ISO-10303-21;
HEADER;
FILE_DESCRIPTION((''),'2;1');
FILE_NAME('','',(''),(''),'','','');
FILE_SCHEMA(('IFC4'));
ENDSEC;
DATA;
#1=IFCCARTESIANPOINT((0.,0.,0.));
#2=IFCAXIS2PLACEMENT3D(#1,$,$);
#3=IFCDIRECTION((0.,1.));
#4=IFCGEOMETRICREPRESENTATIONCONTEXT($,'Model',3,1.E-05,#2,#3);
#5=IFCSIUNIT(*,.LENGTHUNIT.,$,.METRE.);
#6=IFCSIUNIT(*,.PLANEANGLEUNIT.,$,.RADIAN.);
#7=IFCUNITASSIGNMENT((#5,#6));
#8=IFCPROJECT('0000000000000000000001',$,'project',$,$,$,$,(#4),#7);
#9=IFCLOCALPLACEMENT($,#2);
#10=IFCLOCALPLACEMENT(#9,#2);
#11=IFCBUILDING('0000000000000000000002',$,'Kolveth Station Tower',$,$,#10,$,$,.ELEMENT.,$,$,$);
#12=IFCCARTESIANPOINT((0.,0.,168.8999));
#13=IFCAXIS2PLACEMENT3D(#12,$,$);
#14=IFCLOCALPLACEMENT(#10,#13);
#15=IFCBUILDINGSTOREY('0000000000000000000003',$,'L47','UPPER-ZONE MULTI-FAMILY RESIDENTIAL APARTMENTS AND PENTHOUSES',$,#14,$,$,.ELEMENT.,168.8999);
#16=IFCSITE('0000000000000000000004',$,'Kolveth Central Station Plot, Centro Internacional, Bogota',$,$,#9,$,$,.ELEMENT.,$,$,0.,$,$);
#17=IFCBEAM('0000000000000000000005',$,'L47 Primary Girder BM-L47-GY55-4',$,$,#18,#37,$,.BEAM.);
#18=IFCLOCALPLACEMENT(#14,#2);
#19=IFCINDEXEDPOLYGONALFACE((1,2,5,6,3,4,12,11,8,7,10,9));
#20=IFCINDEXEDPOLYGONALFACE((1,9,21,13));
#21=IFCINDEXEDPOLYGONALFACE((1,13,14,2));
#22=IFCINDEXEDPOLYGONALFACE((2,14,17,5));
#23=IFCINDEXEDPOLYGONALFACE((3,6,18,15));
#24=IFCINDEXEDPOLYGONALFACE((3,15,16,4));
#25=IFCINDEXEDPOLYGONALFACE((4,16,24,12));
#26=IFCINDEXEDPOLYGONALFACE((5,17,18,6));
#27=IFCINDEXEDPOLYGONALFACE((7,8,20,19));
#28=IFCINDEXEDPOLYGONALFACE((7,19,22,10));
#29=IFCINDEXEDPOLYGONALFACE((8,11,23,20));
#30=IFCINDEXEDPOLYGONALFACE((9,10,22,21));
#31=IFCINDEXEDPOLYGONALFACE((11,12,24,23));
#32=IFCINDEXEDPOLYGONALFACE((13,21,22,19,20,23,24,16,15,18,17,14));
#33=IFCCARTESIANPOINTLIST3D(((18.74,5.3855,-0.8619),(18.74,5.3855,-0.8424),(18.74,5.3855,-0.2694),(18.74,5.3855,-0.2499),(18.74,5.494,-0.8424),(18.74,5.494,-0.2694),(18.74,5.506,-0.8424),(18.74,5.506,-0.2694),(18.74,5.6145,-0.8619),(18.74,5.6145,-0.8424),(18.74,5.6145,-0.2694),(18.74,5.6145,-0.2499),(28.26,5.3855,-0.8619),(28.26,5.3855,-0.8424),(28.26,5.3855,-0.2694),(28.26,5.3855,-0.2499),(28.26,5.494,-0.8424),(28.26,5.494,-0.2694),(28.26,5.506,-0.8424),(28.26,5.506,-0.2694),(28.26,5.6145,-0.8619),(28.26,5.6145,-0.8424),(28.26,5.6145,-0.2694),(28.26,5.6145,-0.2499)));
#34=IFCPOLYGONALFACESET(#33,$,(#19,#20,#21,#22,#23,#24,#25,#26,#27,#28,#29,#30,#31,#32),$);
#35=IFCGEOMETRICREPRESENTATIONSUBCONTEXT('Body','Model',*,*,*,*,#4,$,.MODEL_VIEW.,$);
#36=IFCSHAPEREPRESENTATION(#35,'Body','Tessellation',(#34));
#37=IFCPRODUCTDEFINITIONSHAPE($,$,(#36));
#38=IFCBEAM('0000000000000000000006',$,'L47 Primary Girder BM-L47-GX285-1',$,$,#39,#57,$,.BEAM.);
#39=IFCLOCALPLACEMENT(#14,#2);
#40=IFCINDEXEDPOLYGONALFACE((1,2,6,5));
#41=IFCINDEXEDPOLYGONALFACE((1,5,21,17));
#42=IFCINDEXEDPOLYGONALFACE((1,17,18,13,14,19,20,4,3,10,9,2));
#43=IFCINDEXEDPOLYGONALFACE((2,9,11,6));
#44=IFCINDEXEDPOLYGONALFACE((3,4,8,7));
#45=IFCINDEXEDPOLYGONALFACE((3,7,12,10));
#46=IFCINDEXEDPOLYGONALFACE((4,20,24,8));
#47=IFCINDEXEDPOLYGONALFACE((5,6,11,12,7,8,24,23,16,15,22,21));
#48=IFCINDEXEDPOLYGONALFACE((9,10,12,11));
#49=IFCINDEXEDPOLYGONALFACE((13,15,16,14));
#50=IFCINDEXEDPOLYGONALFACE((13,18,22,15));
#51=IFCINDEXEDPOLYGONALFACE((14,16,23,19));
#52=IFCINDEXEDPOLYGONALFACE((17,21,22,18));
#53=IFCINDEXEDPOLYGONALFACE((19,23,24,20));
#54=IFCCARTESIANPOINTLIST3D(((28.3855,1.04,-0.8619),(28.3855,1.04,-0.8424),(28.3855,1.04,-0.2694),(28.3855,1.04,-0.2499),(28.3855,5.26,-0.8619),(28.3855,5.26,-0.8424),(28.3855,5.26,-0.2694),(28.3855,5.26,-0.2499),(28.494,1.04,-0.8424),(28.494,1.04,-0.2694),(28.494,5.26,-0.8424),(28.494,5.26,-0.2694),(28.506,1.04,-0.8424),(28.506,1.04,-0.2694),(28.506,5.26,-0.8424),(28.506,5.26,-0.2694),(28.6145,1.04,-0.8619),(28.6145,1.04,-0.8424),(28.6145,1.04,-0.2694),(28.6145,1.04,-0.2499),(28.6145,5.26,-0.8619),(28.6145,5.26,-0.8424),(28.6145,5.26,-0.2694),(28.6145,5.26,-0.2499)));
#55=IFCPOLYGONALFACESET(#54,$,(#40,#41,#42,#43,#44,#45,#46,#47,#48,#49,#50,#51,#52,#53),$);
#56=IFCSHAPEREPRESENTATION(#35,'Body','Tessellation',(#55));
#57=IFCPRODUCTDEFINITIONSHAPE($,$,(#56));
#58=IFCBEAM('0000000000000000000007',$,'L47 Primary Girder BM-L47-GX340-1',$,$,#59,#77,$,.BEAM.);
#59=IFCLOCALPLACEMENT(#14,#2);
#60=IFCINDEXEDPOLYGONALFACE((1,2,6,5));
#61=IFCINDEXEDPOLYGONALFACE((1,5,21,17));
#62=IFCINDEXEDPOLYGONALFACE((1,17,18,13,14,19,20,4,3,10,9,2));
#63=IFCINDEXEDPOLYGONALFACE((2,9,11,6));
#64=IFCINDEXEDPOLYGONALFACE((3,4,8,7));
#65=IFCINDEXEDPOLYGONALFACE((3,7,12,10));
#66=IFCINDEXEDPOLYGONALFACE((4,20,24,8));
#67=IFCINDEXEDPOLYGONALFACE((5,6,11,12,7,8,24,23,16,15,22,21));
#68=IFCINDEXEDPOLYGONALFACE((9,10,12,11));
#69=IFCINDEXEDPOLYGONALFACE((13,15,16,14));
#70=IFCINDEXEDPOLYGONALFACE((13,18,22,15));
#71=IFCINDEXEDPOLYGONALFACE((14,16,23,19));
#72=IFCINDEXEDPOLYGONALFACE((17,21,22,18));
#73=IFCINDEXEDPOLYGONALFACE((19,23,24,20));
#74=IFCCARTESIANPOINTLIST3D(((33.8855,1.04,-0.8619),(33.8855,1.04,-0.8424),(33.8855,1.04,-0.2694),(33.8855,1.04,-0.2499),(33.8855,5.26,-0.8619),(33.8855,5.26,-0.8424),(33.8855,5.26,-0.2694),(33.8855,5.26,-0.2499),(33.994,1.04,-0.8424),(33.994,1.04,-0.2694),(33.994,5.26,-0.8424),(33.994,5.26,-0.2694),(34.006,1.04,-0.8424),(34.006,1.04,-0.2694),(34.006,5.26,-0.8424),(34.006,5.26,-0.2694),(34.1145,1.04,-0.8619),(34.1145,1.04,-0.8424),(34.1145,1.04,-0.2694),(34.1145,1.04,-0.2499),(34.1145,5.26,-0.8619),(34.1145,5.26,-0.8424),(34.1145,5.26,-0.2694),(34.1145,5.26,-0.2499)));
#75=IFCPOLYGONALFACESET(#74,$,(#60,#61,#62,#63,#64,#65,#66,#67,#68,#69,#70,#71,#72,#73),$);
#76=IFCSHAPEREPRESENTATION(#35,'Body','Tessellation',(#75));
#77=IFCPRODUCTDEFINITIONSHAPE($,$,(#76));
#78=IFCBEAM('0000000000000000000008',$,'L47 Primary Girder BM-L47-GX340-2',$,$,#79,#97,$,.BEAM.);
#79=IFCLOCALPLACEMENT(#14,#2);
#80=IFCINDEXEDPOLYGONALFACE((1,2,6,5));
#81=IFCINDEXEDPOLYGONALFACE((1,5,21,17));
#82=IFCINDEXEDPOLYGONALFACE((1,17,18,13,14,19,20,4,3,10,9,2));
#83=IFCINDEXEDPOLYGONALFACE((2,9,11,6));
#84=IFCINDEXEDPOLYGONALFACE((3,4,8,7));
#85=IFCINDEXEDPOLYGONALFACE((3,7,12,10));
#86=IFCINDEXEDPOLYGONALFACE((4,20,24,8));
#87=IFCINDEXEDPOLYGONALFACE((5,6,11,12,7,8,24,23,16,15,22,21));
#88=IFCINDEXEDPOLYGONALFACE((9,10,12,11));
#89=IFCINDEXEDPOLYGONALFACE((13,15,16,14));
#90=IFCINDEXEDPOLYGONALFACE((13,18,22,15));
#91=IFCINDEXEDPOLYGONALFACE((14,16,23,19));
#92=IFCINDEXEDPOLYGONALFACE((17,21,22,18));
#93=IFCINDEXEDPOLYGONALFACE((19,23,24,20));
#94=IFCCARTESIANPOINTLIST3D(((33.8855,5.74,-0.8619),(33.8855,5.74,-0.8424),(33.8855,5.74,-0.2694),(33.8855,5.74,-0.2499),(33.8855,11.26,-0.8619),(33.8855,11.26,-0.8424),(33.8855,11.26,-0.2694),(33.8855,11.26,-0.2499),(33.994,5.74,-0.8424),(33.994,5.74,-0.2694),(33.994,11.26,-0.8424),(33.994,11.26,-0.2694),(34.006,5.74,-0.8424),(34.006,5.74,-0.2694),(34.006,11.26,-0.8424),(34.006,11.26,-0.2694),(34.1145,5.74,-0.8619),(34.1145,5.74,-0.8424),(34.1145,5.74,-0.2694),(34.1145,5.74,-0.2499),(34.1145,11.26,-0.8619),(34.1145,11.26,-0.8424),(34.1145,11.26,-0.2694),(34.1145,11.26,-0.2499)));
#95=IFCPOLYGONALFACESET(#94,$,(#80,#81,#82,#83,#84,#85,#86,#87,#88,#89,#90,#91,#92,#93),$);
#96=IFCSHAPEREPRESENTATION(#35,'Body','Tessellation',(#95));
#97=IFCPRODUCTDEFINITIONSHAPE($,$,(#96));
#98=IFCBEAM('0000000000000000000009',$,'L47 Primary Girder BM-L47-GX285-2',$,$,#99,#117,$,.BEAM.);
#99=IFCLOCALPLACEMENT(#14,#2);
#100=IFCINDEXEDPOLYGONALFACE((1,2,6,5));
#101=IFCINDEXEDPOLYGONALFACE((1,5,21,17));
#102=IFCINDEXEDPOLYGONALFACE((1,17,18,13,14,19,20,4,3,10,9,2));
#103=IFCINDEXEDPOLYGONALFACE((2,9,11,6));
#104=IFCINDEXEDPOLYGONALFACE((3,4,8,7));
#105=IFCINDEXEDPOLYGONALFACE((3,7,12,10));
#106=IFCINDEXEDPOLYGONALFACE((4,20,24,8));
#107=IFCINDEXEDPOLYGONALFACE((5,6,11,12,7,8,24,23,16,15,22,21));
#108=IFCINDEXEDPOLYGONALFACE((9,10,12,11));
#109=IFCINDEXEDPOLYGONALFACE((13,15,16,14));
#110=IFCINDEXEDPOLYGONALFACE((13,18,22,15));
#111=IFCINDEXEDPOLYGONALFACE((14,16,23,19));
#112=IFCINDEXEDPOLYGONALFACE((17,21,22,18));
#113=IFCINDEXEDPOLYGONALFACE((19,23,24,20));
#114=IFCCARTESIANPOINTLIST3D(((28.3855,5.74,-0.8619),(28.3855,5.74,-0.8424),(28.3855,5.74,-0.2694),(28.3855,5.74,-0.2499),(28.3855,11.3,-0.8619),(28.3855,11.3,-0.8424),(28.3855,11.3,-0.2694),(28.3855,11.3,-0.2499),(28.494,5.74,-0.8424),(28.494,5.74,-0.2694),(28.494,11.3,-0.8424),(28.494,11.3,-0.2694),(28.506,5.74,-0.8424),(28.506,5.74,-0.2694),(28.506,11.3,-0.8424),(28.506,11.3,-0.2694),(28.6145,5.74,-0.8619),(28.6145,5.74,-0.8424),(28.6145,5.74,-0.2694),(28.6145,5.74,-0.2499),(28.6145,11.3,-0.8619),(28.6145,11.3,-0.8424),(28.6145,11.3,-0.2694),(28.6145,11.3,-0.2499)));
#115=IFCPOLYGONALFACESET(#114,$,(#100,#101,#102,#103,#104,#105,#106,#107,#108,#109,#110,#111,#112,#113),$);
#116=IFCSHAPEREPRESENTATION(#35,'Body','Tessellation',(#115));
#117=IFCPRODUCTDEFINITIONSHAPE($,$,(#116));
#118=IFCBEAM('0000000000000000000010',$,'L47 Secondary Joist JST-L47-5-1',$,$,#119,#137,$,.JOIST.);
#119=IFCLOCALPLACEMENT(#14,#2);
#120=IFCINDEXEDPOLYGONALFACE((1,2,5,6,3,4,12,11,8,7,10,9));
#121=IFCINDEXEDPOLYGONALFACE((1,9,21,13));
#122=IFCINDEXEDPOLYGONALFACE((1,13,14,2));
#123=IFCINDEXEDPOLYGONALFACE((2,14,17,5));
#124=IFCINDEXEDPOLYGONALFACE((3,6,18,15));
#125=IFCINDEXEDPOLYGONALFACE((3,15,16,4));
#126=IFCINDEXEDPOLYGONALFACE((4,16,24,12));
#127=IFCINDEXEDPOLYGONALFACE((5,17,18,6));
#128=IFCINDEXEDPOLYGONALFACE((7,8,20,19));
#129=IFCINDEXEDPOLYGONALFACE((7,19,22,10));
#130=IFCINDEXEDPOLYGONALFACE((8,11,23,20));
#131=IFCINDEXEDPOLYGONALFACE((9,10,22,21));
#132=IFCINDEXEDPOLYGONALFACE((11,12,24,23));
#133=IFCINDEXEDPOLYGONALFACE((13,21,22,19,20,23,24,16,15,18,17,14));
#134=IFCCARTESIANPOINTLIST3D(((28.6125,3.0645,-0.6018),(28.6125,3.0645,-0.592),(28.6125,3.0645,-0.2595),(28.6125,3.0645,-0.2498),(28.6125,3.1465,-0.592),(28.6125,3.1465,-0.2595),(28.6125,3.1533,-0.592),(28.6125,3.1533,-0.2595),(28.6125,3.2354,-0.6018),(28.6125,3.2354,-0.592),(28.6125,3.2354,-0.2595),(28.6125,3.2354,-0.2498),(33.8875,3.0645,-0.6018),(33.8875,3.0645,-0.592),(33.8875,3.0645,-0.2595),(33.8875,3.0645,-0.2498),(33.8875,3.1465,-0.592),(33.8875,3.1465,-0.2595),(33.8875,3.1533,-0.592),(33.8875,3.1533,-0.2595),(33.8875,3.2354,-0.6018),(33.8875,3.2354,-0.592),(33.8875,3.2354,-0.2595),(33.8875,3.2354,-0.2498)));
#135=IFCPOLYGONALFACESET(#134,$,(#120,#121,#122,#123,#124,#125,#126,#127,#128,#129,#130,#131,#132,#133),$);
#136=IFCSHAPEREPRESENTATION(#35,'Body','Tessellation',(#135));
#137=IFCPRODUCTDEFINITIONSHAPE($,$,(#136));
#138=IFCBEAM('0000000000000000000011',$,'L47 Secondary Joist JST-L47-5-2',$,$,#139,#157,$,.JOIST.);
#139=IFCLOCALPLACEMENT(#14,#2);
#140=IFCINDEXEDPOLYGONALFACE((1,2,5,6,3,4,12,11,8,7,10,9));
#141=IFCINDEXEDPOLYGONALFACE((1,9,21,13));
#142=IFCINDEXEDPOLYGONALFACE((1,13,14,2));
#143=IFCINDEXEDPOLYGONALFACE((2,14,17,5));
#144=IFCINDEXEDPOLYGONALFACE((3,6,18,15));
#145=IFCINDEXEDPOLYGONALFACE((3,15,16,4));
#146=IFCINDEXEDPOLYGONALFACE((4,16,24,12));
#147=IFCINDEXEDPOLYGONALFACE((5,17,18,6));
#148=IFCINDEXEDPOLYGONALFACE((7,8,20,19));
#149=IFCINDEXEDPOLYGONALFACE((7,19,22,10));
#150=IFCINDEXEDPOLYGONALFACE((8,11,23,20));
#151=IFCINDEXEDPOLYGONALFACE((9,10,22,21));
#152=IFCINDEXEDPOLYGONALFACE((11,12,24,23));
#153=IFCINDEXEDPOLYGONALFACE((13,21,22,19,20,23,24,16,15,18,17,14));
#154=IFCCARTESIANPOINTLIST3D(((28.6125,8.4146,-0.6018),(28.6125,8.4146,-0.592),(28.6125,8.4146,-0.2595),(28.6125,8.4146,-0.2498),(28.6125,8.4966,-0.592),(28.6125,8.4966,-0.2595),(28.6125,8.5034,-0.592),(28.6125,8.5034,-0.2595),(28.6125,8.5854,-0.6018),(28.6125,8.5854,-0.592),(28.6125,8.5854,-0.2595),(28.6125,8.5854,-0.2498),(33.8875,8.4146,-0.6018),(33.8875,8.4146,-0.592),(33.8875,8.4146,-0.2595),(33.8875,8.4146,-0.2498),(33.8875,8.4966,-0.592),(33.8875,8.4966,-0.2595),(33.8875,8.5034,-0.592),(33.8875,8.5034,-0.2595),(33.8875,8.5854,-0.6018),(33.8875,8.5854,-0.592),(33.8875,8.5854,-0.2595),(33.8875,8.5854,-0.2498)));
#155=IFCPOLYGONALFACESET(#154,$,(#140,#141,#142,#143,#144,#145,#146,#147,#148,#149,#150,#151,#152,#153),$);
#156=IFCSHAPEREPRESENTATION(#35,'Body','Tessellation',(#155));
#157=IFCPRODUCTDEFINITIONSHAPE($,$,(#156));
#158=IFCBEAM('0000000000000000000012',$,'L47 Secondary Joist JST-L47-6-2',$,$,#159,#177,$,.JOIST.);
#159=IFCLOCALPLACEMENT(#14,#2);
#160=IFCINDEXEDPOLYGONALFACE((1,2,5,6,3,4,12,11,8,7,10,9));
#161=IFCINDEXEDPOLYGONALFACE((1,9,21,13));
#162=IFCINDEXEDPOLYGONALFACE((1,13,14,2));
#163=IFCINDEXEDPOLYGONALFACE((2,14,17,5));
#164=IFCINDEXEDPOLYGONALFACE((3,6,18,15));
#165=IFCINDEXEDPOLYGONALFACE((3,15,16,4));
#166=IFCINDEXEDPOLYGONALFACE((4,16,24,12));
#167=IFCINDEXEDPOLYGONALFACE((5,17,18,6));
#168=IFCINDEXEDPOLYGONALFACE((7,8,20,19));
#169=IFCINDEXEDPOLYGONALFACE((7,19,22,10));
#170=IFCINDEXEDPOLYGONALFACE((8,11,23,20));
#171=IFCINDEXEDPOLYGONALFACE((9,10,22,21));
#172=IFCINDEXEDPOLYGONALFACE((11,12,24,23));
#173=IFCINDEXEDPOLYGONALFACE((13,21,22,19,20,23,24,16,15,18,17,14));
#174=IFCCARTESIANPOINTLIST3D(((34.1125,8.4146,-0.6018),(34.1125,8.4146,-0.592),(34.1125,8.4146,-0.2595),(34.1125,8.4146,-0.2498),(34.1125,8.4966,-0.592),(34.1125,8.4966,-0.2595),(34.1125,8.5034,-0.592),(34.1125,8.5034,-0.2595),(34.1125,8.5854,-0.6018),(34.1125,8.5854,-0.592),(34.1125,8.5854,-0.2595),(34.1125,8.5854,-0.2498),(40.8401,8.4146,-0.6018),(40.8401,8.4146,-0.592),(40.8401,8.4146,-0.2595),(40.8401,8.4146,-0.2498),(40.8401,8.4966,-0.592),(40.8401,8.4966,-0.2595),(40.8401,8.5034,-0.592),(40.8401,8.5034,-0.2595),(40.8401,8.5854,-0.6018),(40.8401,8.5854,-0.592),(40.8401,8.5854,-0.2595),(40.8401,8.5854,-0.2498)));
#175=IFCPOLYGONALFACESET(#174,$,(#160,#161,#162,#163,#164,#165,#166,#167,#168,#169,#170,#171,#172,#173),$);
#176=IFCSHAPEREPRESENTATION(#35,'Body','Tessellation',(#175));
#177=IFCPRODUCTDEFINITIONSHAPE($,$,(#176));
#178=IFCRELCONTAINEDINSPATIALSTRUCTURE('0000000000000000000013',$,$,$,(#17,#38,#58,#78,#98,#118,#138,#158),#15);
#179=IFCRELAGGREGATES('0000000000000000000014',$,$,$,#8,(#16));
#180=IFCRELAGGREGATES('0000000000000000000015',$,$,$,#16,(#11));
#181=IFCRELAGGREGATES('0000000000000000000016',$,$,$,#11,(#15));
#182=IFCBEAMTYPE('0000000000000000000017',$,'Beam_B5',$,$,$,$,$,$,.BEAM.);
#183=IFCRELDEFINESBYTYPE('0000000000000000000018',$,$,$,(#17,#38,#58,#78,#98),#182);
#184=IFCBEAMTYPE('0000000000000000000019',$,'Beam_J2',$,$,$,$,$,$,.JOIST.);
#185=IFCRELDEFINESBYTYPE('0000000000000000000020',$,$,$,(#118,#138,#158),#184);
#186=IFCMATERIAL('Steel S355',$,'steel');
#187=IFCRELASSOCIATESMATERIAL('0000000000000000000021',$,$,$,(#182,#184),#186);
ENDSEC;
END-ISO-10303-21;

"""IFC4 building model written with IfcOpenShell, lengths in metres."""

from ifc_helpers import new_model, si_unit, direction, frame, origin, origin_2d, place, context, subcontext, project, spatial, i_section, extrude, source, transform, mapped, material, material_profile, profile_set, type_object, element, save


model = new_model("IFC4")

# Units and contexts
model_context = context("Model", 3, precision=1e-05, world=origin(), true_north=direction((0.0, 1.0)))
body_context = subcontext(model_context, "Body", "Model", "MODEL_VIEW")
ifc_project = project(units=[si_unit("LENGTHUNIT", "METRE"), si_unit("PLANEANGLEUNIT", "RADIAN")], contexts=[model_context])

# Site, building, storey
site_placement = place(None, origin())
site = spatial("IfcSite", under=ifc_project, at=site_placement, Name="Kolveth Central Station Plot, Centro Internacional, Bogota", CompositionType="ELEMENT", RefElevation=0.0)
building_placement = place(site_placement, origin())
building = spatial("IfcBuilding", under=site, at=building_placement, Name="Kolveth Station Tower", CompositionType="ELEMENT")
storey_placement = place(building_placement, frame((0.0, 0.0, 168.8999)))
storey = spatial("IfcBuildingStorey", under=building, at=storey_placement, Name="L47", Description="UPPER-ZONE MULTI-FAMILY RESIDENTIAL APARTMENTS AND PENTHOUSES", CompositionType="ELEMENT", Elevation=168.8999)

# Shared definitions
ifc_material_1 = material(Name="Steel S355", Category="steel")

# Beams
ifc_material_profile_1 = material_profile(ifc_material_1, i_section(OverallWidth=0.229, OverallDepth=0.6121, WebThickness=0.012, FlangeThickness=0.0195, at=origin_2d()), Name="W610x125")
ifc_profile_set_1 = profile_set([ifc_material_profile_1], Name="Steel S355")
beam_type_1 = type_object("IfcBeamType", Name="Beam_B5", PredefinedType="BEAM", material=ifc_profile_set_1)
shared_shape_1 = source(origin(), body_context, "Body", "SweptSolid", [
    extrude(i_section(OverallWidth=0.229, OverallDepth=0.6121, WebThickness=0.012, FlangeThickness=0.0195, at=origin_2d()), origin(), (0.0, 0.0, 1.0), 9.52),
])
beam_1_placement = place(storey_placement, frame((18.74, 5.5, -0.5559), z_axis=(1.0, 0.0, 0.0), x_axis=(0.0, 1.0, 0.0)))
element("IfcBeam", 1, at=beam_1_placement, inside=storey, type_object=beam_type_1, Name="L47 Primary Girder BM-L47-GY55-4", PredefinedType="BEAM", context=body_context, shape_type="MappedRepresentation", body=[
    mapped(shared_shape_1, transform((0.0, 0.0, 0.0), x_axis=(1.0, 0.0, 0.0), y_axis=(0.0, 1.0, 0.0), z_axis=(0.0, 0.0, 1.0), scale=1.0)),
])
shared_shape_2 = source(origin(), body_context, "Body", "SweptSolid", [
    extrude(i_section(OverallWidth=0.229, OverallDepth=0.6121, WebThickness=0.012, FlangeThickness=0.0195, at=origin_2d()), origin(), (0.0, 0.0, 1.0), 4.22),
])
for number, where, z_axis, x_axis, name in (
    (2, (28.5, 1.04, -0.5559), (0.0, 1.0, 0.0), (-1.0, 0.0, 0.0), "L47 Primary Girder BM-L47-GX285-1"),
    (3, (34.0, 1.04, -0.5559), (0.0, 1.0, 0.0), (-1.0, 0.0, 0.0), "L47 Primary Girder BM-L47-GX340-1"),
):
    element("IfcBeam", number, at=place(storey_placement, frame(where, z_axis=z_axis, x_axis=x_axis)), inside=storey, type_object=beam_type_1, Name=name, PredefinedType="BEAM", context=body_context, shape_type="MappedRepresentation", body=[
        mapped(shared_shape_2, transform((0.0, 0.0, 0.0), x_axis=(1.0, 0.0, 0.0), y_axis=(0.0, 1.0, 0.0), z_axis=(0.0, 0.0, 1.0), scale=1.0)),
    ])
shared_shape_3 = source(origin(), body_context, "Body", "SweptSolid", [
    extrude(i_section(OverallWidth=0.229, OverallDepth=0.6121, WebThickness=0.012, FlangeThickness=0.0195, at=origin_2d()), origin(), (0.0, 0.0, 1.0), 5.52),
])
beam_2_placement = place(storey_placement, frame((34.0, 5.74, -0.5559), z_axis=(0.0, 1.0, 0.0), x_axis=(-1.0, 0.0, 0.0)))
element("IfcBeam", 4, at=beam_2_placement, inside=storey, type_object=beam_type_1, Name="L47 Primary Girder BM-L47-GX340-2", PredefinedType="BEAM", context=body_context, shape_type="MappedRepresentation", body=[
    mapped(shared_shape_3, transform((0.0, 0.0, 0.0), x_axis=(1.0, 0.0, 0.0), y_axis=(0.0, 1.0, 0.0), z_axis=(0.0, 0.0, 1.0), scale=1.0)),
])
shared_shape_4 = source(origin(), body_context, "Body", "SweptSolid", [
    extrude(i_section(OverallWidth=0.229, OverallDepth=0.6121, WebThickness=0.012, FlangeThickness=0.0195, at=origin_2d()), origin(), (0.0, 0.0, 1.0), 5.5601),
])
beam_3_placement = place(storey_placement, frame((28.5, 5.74, -0.5559), z_axis=(0.0, 1.0, 0.0), x_axis=(-1.0, 0.0, 0.0)))
element("IfcBeam", 5, at=beam_3_placement, inside=storey, type_object=beam_type_1, Name="L47 Primary Girder BM-L47-GX285-2", PredefinedType="BEAM", context=body_context, shape_type="MappedRepresentation", body=[
    mapped(shared_shape_4, transform((0.0, 0.0, 0.0), x_axis=(1.0, 0.0, 0.0), y_axis=(0.0, 1.0, 0.0), z_axis=(0.0, 0.0, 1.0), scale=1.0)),
])
ifc_material_profile_2 = material_profile(ifc_material_1, i_section(OverallWidth=0.1709, OverallDepth=0.3521, WebThickness=0.0068, FlangeThickness=0.0098, at=origin_2d()), Name="W360x44")
ifc_profile_set_2 = profile_set([ifc_material_profile_2], Name="Steel S355")
beam_type_2 = type_object("IfcBeamType", Name="Beam_J2", PredefinedType="JOIST", material=ifc_profile_set_2)
shared_shape_5 = source(origin(), body_context, "Body", "SweptSolid", [
    extrude(i_section(OverallWidth=0.1709, OverallDepth=0.3521, WebThickness=0.0068, FlangeThickness=0.0098, at=origin_2d()), origin(), (0.0, 0.0, 1.0), 5.2749),
])
for number, where, z_axis, x_axis, name in (
    (6, (28.6125, 3.1499, -0.4258), (1.0, 0.0, 0.0), (0.0, 1.0, 0.0), "L47 Secondary Joist JST-L47-5-1"),
    (7, (28.6125, 8.5, -0.4258), (1.0, 0.0, 0.0), (0.0, 1.0, 0.0), "L47 Secondary Joist JST-L47-5-2"),
):
    element("IfcBeam", number, at=place(storey_placement, frame(where, z_axis=z_axis, x_axis=x_axis)), inside=storey, type_object=beam_type_2, Name=name, PredefinedType="JOIST", context=body_context, shape_type="MappedRepresentation", body=[
        mapped(shared_shape_5, transform((0.0, 0.0, 0.0), x_axis=(1.0, 0.0, 0.0), y_axis=(0.0, 1.0, 0.0), z_axis=(0.0, 0.0, 1.0), scale=1.0)),
    ])
shared_shape_6 = source(origin(), body_context, "Body", "SweptSolid", [
    extrude(i_section(OverallWidth=0.1709, OverallDepth=0.3521, WebThickness=0.0068, FlangeThickness=0.0098, at=origin_2d()), origin(), (0.0, 0.0, 1.0), 6.7275),
])
beam_4_placement = place(storey_placement, frame((34.1125, 8.5, -0.4258), z_axis=(1.0, 0.0, 0.0), x_axis=(0.0, 1.0, 0.0)))
element("IfcBeam", 8, at=beam_4_placement, inside=storey, type_object=beam_type_2, Name="L47 Secondary Joist JST-L47-6-2", PredefinedType="JOIST", context=body_context, shape_type="MappedRepresentation", body=[
    mapped(shared_shape_6, transform((0.0, 0.0, 0.0), x_axis=(1.0, 0.0, 0.0), y_axis=(0.0, 1.0, 0.0), z_axis=(0.0, 0.0, 1.0), scale=1.0)),
])

save(model, "model.ifc")
